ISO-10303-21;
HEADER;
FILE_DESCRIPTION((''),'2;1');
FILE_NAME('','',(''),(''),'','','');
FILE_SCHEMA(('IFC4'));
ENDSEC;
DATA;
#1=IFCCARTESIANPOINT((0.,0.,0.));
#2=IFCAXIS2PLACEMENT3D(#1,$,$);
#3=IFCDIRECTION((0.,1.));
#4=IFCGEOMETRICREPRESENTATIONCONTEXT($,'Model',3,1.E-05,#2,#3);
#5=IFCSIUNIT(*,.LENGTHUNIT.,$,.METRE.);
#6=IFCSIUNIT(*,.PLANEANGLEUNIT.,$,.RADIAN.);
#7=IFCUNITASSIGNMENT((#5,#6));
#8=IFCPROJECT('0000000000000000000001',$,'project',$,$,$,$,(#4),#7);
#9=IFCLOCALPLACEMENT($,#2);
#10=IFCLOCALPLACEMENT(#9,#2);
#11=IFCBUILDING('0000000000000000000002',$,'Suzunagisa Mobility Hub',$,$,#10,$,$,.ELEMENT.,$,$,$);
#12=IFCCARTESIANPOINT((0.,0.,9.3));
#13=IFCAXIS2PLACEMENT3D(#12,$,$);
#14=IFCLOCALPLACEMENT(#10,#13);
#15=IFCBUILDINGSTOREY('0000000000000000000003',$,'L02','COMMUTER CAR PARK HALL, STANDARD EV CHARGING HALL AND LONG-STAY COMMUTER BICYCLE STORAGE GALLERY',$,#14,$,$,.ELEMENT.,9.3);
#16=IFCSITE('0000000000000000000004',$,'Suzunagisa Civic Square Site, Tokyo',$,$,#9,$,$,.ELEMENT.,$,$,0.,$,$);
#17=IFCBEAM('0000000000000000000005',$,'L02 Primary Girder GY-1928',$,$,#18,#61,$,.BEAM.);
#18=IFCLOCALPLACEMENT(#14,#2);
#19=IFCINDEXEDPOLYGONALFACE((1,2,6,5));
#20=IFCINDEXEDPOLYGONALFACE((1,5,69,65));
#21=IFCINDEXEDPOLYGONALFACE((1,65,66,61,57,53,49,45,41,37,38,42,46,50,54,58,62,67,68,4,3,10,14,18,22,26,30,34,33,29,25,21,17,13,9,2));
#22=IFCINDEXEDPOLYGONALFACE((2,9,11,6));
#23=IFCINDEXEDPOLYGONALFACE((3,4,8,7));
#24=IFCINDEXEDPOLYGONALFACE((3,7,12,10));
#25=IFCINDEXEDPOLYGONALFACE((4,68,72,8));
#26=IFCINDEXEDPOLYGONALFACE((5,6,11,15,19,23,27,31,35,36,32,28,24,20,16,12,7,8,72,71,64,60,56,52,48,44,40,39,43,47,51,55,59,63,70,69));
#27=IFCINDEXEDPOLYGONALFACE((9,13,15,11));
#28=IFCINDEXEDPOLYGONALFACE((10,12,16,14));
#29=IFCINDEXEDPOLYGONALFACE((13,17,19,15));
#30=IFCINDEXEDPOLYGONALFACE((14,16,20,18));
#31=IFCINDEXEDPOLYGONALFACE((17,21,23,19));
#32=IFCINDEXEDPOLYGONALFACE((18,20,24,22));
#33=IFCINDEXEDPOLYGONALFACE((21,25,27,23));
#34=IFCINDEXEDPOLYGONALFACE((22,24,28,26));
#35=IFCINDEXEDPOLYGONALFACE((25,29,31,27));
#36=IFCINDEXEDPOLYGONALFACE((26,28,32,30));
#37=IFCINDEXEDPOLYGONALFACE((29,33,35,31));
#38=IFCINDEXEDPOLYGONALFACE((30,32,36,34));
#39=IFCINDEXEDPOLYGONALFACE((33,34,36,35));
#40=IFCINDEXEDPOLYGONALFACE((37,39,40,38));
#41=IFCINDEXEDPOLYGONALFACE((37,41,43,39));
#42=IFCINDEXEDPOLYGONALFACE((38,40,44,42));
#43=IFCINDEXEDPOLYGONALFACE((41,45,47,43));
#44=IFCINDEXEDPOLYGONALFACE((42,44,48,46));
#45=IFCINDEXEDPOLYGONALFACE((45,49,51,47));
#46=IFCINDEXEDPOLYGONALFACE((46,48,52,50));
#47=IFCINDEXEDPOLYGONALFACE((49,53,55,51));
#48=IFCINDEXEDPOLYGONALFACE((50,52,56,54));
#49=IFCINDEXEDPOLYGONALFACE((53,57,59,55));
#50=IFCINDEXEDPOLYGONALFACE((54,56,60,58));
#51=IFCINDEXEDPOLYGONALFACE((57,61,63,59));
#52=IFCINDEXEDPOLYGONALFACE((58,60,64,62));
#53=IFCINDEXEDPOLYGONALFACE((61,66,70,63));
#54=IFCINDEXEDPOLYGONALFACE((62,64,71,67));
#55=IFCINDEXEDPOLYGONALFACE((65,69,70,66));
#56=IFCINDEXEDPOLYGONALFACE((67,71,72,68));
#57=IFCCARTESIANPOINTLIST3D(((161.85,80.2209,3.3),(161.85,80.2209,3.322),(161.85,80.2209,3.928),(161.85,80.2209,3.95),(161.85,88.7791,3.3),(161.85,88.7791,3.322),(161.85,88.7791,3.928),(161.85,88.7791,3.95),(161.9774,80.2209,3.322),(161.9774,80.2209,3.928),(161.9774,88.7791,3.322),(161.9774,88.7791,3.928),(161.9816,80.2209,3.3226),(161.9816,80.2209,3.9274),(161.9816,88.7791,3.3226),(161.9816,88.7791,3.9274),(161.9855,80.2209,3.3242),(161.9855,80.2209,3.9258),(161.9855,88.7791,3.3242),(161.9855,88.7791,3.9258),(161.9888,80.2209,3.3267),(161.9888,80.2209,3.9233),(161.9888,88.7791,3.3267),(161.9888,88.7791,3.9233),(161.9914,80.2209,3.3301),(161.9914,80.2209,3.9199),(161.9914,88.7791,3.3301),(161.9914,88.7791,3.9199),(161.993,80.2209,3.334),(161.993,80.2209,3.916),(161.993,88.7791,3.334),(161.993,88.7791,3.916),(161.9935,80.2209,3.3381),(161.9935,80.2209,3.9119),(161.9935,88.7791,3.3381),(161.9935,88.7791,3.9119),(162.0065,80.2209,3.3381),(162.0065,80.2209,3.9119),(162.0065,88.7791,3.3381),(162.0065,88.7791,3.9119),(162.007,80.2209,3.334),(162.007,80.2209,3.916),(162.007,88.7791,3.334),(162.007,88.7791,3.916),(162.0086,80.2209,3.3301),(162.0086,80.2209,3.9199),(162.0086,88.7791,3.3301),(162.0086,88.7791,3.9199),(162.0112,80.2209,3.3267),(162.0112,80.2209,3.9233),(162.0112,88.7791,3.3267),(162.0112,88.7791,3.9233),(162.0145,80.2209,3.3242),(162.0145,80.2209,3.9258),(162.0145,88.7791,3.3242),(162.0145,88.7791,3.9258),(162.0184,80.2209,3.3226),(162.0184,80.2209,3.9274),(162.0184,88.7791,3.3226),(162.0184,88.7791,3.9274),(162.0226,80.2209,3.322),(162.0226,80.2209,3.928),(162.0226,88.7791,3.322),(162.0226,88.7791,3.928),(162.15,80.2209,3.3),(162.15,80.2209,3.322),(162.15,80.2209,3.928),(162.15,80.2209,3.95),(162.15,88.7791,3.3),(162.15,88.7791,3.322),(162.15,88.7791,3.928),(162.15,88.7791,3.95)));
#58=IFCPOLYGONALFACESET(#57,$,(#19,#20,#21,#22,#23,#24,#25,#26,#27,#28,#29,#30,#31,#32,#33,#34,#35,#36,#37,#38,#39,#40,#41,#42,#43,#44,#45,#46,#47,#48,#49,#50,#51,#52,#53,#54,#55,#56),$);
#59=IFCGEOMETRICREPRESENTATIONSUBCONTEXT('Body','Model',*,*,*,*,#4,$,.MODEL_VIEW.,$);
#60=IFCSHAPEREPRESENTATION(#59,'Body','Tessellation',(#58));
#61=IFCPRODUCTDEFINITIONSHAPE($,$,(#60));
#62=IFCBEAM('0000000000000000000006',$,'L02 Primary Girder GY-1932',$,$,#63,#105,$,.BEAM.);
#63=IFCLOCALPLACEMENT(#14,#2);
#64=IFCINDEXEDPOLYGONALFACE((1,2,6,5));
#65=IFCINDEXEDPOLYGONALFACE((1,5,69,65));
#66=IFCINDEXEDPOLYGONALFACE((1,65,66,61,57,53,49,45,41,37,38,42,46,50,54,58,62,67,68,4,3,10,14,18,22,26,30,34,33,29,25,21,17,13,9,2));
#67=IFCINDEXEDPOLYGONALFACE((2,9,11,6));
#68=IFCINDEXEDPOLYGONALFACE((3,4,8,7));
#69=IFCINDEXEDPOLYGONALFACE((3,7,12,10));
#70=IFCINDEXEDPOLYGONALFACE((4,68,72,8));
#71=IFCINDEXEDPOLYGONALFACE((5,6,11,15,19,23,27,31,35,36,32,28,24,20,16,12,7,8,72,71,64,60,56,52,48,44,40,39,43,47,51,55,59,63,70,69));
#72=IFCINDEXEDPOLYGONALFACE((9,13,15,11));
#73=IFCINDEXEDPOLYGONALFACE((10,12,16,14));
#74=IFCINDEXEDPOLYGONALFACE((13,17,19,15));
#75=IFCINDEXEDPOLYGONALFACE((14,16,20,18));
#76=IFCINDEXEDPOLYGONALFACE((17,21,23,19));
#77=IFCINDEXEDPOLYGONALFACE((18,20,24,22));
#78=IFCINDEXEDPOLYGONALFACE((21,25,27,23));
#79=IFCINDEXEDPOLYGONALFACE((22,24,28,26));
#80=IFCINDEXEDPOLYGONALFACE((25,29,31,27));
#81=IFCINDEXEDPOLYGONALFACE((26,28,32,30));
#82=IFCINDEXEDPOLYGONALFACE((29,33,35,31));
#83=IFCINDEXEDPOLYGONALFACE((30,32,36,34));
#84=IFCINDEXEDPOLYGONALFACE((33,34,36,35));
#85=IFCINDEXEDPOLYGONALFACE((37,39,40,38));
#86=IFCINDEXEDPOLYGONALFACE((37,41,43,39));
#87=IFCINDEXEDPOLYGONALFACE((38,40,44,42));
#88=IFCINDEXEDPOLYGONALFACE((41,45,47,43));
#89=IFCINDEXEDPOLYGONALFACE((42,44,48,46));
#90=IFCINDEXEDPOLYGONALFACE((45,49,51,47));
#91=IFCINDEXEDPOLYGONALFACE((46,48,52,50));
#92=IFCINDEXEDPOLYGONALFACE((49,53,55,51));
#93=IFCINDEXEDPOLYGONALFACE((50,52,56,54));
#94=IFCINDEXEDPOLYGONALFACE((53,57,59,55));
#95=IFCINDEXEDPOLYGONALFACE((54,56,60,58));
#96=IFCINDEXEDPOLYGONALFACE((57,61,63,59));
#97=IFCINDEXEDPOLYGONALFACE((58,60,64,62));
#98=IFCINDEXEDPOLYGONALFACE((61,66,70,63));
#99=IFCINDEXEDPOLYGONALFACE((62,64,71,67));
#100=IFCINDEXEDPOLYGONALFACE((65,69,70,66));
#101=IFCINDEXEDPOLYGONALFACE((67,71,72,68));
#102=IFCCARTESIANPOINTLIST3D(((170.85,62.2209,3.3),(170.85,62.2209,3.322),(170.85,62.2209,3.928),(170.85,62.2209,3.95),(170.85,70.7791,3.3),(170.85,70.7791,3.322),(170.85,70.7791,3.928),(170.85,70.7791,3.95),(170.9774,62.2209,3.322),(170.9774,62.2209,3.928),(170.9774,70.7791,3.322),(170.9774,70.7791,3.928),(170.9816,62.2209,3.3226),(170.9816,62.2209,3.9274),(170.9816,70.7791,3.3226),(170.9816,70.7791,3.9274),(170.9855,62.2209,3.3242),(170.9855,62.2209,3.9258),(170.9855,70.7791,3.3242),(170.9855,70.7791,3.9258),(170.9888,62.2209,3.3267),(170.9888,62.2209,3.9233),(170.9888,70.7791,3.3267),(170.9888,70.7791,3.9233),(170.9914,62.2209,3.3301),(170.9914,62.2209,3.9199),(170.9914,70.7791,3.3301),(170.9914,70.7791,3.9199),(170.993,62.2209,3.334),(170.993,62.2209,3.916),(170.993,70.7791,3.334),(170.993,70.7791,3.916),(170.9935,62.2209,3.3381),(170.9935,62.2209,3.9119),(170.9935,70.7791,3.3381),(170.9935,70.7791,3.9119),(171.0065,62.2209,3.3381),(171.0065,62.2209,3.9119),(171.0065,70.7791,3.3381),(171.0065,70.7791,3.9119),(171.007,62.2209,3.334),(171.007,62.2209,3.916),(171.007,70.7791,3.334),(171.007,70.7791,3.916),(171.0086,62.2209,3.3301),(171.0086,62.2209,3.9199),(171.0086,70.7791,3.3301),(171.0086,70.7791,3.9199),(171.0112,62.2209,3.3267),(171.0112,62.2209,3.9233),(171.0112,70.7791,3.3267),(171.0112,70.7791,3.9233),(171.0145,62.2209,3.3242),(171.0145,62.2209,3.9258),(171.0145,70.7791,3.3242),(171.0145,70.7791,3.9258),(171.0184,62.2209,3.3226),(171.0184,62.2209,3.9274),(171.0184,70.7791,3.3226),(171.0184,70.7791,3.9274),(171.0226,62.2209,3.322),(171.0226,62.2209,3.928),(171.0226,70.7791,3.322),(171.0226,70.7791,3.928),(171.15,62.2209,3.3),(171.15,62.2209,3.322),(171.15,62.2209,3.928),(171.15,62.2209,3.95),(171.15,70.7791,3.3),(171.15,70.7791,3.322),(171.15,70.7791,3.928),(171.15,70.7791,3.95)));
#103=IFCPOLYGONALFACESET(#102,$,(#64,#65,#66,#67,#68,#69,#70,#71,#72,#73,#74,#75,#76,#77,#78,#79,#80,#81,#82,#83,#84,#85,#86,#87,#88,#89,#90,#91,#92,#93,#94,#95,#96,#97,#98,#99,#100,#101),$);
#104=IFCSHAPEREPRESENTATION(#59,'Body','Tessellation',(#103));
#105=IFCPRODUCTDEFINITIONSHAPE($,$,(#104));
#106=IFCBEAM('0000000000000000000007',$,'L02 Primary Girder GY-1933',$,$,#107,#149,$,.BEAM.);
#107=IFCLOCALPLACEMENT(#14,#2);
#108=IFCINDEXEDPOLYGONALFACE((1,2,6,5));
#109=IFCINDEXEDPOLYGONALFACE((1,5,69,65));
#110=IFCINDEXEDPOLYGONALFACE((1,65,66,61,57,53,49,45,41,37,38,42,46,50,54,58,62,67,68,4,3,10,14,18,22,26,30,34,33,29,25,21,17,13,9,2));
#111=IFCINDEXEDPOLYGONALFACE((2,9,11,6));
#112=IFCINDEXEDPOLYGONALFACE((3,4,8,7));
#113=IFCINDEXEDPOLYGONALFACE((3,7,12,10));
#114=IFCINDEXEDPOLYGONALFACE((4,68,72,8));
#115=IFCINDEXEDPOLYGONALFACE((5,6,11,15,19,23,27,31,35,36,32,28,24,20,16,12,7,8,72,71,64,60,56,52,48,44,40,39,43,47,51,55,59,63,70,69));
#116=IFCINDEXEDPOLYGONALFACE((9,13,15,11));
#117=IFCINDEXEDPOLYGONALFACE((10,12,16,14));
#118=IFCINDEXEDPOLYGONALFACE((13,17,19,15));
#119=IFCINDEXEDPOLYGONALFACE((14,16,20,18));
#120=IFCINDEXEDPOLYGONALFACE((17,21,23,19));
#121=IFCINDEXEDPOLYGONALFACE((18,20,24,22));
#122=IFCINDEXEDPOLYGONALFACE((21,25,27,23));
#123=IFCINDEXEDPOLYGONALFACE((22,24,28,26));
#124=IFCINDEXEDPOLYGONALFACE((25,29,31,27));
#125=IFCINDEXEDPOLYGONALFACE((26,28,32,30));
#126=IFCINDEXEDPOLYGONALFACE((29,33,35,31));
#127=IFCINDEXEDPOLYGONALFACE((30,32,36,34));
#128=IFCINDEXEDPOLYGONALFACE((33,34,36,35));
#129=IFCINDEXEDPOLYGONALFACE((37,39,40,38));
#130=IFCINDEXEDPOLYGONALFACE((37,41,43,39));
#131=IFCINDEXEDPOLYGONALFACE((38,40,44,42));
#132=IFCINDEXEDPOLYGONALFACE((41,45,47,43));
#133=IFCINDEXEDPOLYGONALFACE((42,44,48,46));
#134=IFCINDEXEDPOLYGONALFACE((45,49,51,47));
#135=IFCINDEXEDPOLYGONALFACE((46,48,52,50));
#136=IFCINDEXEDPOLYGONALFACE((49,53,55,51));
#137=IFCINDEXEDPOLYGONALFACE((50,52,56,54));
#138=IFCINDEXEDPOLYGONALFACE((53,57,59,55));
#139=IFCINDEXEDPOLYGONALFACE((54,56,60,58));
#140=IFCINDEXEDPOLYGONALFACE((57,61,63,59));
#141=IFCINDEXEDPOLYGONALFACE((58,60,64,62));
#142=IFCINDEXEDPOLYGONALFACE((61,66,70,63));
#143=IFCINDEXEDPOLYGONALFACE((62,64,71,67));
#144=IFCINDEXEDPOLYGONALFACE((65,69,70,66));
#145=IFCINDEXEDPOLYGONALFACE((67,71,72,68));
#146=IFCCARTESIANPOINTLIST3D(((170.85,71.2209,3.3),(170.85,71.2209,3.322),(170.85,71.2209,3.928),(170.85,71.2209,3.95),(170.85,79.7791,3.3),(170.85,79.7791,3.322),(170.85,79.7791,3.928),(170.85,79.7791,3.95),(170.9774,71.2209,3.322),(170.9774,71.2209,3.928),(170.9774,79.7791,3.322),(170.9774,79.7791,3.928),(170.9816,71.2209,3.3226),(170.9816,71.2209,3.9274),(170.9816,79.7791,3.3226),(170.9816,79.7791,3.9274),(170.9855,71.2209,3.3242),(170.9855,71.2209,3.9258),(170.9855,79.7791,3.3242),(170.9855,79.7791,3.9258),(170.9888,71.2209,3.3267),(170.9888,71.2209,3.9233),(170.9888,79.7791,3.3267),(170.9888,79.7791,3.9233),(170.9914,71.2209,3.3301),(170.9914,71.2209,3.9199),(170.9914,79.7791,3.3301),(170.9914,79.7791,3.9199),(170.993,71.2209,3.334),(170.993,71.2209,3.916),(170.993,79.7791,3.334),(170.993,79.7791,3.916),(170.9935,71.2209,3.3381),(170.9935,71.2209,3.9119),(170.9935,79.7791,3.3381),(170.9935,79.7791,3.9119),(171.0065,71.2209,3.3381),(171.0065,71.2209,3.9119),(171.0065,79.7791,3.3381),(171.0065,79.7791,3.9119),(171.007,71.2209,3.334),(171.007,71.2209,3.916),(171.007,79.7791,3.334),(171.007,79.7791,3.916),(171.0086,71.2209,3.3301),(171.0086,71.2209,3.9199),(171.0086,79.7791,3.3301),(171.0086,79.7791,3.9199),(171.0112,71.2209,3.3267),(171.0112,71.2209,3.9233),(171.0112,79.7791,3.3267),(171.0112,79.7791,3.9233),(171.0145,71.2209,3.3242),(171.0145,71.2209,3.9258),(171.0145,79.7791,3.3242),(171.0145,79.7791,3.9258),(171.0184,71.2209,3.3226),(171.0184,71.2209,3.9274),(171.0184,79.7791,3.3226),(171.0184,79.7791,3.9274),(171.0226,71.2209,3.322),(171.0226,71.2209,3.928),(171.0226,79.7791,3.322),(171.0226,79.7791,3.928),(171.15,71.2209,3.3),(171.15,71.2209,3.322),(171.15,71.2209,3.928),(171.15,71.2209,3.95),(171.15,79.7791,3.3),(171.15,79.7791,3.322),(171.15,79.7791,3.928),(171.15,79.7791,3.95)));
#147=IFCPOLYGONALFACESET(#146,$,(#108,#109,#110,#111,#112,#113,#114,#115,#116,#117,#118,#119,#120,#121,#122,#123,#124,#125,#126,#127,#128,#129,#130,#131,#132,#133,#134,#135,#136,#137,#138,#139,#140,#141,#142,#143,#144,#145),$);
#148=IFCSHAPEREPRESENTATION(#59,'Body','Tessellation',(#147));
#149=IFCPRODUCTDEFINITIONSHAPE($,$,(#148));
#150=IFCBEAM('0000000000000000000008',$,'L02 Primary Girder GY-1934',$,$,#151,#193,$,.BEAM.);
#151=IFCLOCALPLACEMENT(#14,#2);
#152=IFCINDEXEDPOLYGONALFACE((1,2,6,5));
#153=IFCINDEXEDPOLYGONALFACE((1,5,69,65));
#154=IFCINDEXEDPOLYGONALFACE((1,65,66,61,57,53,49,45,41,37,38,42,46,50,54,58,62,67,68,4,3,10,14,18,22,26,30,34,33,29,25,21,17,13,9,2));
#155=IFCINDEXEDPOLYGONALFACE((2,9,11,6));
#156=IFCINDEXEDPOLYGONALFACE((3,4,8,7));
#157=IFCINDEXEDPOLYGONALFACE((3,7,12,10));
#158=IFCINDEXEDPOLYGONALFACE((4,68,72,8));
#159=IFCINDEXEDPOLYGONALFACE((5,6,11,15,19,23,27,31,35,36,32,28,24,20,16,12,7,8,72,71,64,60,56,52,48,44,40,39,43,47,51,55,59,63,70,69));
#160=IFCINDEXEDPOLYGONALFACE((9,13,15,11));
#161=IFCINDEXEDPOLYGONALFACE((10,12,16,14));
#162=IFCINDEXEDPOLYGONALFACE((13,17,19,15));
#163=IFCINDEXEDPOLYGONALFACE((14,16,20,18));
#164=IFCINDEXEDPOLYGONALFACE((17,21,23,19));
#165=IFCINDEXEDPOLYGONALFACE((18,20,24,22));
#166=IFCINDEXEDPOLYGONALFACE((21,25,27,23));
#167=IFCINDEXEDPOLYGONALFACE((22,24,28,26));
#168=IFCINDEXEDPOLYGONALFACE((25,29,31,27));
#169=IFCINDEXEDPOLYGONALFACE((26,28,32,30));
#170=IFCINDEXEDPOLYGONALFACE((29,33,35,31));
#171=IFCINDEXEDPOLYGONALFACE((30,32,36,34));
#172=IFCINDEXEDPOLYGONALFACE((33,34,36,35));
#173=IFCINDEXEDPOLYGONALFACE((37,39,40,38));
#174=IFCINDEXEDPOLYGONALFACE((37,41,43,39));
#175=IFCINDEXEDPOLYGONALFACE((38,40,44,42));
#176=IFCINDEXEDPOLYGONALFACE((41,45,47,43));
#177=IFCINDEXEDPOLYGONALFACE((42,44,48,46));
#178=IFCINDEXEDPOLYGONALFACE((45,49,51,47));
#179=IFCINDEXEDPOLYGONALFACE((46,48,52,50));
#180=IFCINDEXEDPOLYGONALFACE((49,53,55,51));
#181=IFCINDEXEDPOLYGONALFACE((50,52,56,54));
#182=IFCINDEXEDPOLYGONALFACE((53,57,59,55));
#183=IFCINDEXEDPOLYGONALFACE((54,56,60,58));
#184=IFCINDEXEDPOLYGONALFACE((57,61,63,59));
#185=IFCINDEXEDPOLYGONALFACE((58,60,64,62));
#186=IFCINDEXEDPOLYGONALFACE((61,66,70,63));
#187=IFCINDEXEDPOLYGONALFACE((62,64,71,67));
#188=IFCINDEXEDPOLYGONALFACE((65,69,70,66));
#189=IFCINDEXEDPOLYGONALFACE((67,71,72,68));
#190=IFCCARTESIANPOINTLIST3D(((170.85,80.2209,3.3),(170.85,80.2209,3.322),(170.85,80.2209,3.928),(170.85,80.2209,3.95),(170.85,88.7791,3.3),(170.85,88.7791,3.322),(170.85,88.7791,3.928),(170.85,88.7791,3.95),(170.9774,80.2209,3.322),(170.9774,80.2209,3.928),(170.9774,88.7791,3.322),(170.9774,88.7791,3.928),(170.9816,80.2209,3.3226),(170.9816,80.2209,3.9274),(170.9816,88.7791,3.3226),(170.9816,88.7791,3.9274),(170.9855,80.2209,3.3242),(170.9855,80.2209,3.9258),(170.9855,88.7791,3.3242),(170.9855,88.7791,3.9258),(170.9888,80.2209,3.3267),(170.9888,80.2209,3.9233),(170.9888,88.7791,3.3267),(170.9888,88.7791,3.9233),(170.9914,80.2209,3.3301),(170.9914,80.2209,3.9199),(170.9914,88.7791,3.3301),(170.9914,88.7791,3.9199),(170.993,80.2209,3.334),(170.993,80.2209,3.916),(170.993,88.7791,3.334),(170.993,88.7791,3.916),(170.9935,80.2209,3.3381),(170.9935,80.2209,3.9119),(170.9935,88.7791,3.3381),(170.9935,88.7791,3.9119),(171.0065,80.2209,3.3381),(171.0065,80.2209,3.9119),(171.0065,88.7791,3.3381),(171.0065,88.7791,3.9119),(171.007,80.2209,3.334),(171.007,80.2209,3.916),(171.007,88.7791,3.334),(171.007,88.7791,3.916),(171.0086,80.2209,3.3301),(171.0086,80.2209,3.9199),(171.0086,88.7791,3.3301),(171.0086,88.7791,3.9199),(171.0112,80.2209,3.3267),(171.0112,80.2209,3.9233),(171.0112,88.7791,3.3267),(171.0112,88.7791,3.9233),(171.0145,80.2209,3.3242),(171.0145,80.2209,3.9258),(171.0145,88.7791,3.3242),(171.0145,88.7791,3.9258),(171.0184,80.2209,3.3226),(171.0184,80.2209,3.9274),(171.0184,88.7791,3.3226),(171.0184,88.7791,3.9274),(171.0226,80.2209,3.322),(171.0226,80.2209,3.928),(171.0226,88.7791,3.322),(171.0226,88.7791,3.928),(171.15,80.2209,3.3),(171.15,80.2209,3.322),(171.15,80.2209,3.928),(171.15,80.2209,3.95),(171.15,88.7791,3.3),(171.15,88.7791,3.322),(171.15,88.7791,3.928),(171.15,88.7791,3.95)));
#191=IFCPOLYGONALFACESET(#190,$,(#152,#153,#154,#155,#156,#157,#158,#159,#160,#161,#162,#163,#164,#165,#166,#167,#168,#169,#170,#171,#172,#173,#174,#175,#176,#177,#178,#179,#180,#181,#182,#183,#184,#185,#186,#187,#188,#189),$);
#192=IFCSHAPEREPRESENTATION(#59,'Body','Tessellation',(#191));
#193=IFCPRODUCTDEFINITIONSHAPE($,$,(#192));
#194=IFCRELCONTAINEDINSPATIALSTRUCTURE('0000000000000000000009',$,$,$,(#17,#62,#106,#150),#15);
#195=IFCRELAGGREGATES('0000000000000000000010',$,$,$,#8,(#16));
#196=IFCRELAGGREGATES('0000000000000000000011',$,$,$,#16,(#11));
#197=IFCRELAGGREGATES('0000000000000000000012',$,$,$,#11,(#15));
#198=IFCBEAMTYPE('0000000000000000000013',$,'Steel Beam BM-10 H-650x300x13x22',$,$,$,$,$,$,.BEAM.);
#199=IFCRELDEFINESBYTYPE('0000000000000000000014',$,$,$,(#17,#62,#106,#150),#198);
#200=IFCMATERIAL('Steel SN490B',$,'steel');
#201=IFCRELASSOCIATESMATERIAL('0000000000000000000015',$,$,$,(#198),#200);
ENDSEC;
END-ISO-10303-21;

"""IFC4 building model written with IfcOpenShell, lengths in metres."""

from ifc_helpers import new_model, si_unit, direction, frame, origin, origin_2d, place, context, subcontext, project, spatial, i_section, extrude, material, material_profile, profile_set, type_object, element, save


model = new_model("IFC4")

# Units and contexts
model_context = context("Model", 3, precision=1e-05, world=origin(), true_north=direction((0.0, 1.0)))
body_context = subcontext(model_context, "Body", "Model", "MODEL_VIEW")
ifc_project = project(units=[si_unit("LENGTHUNIT", "METRE"), si_unit("PLANEANGLEUNIT", "RADIAN")], contexts=[model_context])

# Site, building, storey
site_placement = place(None, origin())
site = spatial("IfcSite", under=ifc_project, at=site_placement, Name="Suzunagisa Civic Square Site, Tokyo", CompositionType="ELEMENT", RefElevation=0.0)
building_placement = place(site_placement, origin())
building = spatial("IfcBuilding", under=site, at=building_placement, Name="Suzunagisa Mobility Hub", CompositionType="ELEMENT")
storey_placement = place(building_placement, frame((0.0, 0.0, 9.3)))
storey = spatial("IfcBuildingStorey", under=building, at=storey_placement, Name="L02", Description="COMMUTER CAR PARK HALL, STANDARD EV CHARGING HALL AND LONG-STAY COMMUTER BICYCLE STORAGE GALLERY", CompositionType="ELEMENT", Elevation=9.3)

# Shared definitions
ifc_material_1 = material(Name="Steel SN490B", Category="steel")

# Beams
ifc_material_profile_1 = material_profile(ifc_material_1, i_section(OverallWidth=0.3, OverallDepth=0.6499, WebThickness=0.0129, FlangeThickness=0.022, FilletRadius=0.0161, at=origin_2d()), Name="H-650x300x13x22")
ifc_profile_set_1 = profile_set([ifc_material_profile_1], Name="Steel SN490B")
beam_type_1 = type_object("IfcBeamType", Name="Steel Beam BM-10 H-650x300x13x22", PredefinedType="BEAM", material=ifc_profile_set_1)
for number, where, z_axis, x_axis, name in (
    (1, (162.0, 80.2209, 3.625), (0.0, 1.0, 0.0), (-1.0, 0.0, 0.0), "L02 Primary Girder GY-1928"),
    (2, (171.0, 62.2209, 3.625), (0.0, 1.0, 0.0), (-1.0, 0.0, 0.0), "L02 Primary Girder GY-1932"),
    (3, (171.0, 71.2209, 3.625), (0.0, 1.0, 0.0), (-1.0, 0.0, 0.0), "L02 Primary Girder GY-1933"),
    (4, (171.0, 80.2209, 3.625), (0.0, 1.0, 0.0), (-1.0, 0.0, 0.0), "L02 Primary Girder GY-1934"),
):
    element("IfcBeam", number, at=place(storey_placement, frame(where, z_axis=z_axis, x_axis=x_axis)), inside=storey, type_object=beam_type_1, Name=name, PredefinedType="BEAM", context=body_context, shape_type="SweptSolid", body=[
        extrude(i_section(OverallWidth=0.3, OverallDepth=0.6499, WebThickness=0.0129, FlangeThickness=0.022, FilletRadius=0.0161, at=origin_2d()), origin(), (0.0, 0.0, 1.0), 8.5581),
    ])

save(model, "model.ifc")
